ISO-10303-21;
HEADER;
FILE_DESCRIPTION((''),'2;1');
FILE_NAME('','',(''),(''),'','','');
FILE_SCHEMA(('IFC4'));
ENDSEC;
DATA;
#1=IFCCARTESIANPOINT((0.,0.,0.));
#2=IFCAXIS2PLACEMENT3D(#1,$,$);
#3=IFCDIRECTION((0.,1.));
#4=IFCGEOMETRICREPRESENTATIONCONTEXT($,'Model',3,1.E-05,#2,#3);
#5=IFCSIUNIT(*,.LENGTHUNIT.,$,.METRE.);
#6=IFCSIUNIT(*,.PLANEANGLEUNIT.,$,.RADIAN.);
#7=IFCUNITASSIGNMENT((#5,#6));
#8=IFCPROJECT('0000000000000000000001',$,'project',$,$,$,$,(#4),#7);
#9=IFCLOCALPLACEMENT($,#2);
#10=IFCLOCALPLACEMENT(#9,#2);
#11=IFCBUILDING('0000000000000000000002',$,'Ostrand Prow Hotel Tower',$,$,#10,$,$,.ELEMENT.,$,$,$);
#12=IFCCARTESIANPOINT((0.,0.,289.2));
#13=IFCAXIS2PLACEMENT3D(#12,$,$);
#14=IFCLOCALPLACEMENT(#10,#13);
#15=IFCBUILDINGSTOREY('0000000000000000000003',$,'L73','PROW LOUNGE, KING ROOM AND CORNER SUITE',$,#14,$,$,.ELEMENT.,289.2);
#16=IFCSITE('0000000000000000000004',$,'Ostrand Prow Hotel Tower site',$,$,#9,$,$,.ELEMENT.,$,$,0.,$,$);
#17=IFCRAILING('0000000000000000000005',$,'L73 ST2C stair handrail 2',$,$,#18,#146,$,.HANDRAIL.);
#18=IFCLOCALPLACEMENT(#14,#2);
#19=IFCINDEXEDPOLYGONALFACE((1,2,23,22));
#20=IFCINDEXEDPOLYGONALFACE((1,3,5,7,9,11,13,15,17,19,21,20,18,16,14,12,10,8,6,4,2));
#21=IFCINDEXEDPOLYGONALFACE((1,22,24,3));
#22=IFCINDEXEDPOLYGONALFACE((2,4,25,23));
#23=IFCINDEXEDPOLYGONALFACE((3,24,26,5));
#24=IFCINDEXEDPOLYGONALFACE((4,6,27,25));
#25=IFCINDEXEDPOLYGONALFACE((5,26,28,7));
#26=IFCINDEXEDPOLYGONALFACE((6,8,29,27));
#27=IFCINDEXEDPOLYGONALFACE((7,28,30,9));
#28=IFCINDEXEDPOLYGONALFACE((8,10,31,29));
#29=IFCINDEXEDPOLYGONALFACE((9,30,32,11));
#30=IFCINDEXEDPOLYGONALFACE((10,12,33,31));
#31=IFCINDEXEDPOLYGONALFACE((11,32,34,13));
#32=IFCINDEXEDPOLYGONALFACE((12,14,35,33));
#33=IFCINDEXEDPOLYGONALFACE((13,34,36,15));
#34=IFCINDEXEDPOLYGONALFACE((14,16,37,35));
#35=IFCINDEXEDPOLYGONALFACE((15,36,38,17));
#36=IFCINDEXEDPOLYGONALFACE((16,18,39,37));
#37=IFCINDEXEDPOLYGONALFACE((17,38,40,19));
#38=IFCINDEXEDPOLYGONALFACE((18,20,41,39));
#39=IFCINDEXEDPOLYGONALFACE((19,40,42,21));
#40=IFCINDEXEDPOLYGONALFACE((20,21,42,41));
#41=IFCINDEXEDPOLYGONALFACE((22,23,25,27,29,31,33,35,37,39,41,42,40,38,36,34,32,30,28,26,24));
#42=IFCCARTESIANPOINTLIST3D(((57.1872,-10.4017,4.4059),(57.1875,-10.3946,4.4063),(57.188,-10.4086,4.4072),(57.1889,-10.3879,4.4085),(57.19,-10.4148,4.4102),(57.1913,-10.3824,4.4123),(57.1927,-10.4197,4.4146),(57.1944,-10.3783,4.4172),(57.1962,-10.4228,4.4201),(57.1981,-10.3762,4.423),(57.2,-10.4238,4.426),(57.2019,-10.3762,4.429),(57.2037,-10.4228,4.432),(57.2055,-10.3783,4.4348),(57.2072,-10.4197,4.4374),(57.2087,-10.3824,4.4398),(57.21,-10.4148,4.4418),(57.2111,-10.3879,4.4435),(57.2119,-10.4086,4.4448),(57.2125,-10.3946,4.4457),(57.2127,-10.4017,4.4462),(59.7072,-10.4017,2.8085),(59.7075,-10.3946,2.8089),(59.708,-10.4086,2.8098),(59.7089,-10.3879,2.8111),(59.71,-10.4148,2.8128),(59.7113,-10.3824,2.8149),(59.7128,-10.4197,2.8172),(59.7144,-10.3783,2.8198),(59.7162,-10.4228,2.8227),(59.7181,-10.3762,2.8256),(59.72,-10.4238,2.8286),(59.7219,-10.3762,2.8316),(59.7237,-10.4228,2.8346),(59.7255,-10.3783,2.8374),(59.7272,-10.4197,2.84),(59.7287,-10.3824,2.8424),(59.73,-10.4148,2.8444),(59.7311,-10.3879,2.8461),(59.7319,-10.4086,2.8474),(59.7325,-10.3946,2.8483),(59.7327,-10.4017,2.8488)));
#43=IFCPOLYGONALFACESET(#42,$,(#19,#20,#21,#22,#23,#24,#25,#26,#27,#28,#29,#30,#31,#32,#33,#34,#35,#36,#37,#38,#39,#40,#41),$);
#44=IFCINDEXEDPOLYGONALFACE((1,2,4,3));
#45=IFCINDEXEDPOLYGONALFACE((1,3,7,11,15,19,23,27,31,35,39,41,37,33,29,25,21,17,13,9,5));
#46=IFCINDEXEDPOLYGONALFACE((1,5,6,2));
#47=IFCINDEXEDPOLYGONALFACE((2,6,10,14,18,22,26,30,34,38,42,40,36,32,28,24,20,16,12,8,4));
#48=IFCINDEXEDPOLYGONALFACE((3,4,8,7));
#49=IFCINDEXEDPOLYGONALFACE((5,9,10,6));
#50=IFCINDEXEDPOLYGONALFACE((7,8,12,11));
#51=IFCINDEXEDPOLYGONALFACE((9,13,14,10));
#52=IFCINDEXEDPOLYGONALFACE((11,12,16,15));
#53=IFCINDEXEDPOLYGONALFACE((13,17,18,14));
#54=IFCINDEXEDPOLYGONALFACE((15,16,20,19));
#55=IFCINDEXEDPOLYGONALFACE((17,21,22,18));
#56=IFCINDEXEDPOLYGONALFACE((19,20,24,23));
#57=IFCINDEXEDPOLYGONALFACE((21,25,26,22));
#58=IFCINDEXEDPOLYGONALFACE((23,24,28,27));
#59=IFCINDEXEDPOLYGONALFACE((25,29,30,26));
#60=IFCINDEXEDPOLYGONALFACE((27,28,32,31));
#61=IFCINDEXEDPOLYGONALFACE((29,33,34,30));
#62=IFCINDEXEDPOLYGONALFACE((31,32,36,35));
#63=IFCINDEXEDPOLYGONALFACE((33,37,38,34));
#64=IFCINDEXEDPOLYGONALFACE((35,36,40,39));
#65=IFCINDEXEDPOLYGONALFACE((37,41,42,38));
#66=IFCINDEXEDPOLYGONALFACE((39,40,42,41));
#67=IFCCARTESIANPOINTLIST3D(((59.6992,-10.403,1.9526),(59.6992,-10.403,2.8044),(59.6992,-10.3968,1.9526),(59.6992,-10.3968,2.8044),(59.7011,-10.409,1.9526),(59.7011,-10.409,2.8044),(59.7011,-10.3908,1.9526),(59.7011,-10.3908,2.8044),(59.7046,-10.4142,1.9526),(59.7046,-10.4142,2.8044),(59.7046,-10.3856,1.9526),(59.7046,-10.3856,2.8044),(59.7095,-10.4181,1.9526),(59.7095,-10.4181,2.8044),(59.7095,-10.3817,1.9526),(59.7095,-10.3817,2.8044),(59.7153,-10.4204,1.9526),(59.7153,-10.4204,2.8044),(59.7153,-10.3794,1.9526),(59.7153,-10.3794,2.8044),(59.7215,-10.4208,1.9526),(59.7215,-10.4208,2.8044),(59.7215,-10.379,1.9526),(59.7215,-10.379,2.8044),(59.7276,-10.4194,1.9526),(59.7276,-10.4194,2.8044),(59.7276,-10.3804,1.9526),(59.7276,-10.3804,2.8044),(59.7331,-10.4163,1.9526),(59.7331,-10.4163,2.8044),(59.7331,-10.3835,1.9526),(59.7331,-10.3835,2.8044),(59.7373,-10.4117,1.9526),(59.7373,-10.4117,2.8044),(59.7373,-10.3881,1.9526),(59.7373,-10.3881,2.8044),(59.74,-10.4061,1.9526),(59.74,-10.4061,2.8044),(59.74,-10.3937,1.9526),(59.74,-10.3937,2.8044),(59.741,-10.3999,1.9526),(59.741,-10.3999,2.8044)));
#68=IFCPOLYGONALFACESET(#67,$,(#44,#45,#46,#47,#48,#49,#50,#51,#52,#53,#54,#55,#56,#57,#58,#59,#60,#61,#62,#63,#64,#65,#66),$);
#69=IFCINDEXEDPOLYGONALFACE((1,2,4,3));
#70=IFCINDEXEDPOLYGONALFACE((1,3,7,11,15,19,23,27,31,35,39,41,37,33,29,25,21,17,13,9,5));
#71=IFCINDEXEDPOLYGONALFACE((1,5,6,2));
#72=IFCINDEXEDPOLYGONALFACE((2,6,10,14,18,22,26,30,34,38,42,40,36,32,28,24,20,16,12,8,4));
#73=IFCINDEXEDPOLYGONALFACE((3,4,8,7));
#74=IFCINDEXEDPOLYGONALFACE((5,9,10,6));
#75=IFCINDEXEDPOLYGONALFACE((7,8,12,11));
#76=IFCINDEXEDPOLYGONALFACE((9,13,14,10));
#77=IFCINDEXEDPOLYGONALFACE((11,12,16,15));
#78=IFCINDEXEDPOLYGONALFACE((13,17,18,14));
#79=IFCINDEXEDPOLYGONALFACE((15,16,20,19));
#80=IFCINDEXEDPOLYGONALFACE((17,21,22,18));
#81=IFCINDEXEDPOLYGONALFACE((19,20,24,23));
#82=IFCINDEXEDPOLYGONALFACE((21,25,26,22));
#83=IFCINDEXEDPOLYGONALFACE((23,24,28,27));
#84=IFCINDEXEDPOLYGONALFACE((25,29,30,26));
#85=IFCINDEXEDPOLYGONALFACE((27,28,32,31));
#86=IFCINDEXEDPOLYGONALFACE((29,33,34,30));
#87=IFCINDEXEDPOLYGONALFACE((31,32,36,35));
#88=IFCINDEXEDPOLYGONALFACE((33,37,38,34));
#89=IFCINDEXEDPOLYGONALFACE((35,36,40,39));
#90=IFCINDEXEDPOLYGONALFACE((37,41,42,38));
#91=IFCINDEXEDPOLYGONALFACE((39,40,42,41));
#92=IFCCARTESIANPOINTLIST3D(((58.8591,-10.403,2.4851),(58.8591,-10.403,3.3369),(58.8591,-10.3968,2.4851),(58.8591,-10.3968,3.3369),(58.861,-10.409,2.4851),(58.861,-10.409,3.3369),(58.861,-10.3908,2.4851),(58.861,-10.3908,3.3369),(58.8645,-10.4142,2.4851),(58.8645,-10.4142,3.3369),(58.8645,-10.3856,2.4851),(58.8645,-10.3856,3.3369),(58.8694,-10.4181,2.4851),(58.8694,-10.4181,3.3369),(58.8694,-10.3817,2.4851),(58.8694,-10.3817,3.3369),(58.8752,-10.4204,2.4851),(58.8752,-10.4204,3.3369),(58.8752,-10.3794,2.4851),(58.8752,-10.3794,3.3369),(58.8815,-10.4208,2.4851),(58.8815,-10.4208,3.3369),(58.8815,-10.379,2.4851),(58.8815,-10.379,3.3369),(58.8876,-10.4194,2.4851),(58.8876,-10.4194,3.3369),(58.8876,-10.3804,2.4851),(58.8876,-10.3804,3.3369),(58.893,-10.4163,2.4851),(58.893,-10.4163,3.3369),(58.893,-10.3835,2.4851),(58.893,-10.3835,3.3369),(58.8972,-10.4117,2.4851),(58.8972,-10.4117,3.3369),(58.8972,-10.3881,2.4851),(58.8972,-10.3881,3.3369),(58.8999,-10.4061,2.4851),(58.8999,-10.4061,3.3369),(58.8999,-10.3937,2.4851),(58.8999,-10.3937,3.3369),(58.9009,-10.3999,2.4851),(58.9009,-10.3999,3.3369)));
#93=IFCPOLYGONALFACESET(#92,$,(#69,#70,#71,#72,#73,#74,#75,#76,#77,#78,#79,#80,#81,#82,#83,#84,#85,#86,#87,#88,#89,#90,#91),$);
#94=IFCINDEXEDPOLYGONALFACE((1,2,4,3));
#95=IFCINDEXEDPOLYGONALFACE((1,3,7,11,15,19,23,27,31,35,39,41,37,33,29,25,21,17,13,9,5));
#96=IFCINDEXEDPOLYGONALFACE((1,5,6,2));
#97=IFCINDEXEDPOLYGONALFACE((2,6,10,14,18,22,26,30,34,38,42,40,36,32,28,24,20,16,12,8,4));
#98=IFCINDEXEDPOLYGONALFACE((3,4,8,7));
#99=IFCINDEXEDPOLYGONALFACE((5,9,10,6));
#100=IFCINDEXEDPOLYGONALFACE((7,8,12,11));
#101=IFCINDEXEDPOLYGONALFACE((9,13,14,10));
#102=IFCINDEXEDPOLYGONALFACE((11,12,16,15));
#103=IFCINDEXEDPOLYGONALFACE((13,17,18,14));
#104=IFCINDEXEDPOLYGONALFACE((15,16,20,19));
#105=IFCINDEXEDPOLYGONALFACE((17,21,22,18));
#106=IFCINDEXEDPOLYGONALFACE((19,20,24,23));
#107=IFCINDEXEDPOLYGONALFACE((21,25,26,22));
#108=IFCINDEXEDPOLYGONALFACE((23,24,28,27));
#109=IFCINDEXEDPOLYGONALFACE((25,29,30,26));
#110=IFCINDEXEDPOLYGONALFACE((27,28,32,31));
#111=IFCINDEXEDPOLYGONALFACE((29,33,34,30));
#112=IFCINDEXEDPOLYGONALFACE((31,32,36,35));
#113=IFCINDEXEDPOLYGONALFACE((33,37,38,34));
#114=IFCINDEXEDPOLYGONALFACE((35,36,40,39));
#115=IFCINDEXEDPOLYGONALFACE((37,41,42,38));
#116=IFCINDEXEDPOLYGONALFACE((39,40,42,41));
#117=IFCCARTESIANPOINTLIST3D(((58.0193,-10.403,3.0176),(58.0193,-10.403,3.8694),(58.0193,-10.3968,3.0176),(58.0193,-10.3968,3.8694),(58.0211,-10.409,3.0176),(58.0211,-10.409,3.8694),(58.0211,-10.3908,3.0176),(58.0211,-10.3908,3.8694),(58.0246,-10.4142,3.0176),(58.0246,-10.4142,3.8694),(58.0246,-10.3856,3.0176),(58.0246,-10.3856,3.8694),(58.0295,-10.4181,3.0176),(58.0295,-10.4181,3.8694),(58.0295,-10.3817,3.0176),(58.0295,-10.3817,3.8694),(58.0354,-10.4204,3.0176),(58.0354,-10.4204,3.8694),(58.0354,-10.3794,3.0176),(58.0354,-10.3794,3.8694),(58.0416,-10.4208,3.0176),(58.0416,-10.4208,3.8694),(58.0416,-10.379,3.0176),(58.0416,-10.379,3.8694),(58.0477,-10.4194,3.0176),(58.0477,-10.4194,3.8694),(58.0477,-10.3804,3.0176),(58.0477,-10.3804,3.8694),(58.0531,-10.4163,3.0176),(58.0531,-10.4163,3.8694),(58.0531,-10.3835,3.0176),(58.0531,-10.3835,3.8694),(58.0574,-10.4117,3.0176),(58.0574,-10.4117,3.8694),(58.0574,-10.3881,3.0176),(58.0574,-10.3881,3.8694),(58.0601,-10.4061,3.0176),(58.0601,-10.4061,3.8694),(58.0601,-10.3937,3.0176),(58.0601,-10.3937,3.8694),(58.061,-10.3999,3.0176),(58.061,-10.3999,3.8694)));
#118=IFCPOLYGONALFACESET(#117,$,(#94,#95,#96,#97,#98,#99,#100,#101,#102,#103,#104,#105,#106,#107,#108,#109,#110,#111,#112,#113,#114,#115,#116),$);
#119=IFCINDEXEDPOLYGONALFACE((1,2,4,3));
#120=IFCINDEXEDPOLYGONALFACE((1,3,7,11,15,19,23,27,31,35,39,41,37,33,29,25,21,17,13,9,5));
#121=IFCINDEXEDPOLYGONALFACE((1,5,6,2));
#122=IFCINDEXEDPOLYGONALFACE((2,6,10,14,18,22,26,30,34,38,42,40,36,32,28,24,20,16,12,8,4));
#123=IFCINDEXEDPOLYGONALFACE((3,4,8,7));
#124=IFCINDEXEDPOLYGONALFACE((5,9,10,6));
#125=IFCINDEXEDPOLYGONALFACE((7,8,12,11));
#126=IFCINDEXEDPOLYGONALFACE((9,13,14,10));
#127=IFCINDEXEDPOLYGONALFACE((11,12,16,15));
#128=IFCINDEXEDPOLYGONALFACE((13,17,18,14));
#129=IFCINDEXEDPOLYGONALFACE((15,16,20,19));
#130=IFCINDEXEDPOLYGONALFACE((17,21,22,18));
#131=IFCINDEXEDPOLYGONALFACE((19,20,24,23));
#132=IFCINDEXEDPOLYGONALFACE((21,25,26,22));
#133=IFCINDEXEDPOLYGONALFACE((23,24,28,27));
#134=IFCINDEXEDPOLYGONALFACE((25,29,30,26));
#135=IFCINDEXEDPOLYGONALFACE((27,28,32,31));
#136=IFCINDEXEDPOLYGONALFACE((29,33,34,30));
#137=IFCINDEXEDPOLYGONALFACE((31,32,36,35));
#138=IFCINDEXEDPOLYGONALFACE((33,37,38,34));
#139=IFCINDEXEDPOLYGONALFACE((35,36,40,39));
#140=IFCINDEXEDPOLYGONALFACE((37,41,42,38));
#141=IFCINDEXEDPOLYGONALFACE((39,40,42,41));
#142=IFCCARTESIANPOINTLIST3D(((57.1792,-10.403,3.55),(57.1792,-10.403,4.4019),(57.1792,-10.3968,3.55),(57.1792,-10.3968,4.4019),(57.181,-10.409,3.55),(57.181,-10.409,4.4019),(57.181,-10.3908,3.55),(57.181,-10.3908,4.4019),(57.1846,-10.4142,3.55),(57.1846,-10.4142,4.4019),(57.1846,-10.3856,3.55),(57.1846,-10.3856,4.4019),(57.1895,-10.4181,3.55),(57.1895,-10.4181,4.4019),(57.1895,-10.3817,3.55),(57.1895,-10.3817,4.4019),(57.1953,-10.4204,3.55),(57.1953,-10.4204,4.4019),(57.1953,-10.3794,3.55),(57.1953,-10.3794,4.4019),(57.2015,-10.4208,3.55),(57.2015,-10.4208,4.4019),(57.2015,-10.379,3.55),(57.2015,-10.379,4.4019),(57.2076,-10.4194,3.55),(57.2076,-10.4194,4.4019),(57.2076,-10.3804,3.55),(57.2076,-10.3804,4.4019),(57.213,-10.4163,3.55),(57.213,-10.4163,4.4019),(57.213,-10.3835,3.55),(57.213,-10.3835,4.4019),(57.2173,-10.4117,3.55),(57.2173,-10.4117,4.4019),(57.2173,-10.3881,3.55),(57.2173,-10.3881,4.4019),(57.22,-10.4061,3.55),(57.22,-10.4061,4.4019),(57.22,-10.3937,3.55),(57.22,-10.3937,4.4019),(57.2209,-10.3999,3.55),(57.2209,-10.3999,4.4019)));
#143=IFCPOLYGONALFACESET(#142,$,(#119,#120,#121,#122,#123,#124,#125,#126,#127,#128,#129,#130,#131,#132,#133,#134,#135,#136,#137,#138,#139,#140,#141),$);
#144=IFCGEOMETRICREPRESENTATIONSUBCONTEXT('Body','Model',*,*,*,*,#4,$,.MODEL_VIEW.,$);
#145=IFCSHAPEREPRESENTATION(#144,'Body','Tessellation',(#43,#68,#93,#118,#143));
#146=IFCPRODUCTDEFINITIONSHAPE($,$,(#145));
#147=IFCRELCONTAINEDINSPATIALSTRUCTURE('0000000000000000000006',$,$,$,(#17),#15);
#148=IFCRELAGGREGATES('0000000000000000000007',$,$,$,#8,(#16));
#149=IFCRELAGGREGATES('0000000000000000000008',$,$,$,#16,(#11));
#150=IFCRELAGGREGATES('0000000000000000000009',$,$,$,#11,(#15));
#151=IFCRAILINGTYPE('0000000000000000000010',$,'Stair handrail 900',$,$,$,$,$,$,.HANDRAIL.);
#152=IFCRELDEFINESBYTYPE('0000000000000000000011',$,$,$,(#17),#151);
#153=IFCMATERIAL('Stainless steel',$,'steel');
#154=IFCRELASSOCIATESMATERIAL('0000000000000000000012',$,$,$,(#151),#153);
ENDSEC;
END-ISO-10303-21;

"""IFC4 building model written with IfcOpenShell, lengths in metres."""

from ifc_helpers import new_model, si_unit, direction, frame, origin, origin_2d, place, context, subcontext, project, spatial, circle, extrude, material, type_object, element, save


model = new_model("IFC4")

# Units and contexts
model_context = context("Model", 3, precision=1e-05, world=origin(), true_north=direction((0.0, 1.0)))
body_context = subcontext(model_context, "Body", "Model", "MODEL_VIEW")
ifc_project = project(units=[si_unit("LENGTHUNIT", "METRE"), si_unit("PLANEANGLEUNIT", "RADIAN")], contexts=[model_context])

# Site, building, storey
site_placement = place(None, origin())
site = spatial("IfcSite", under=ifc_project, at=site_placement, Name="Ostrand Prow Hotel Tower site", CompositionType="ELEMENT", RefElevation=0.0)
building_placement = place(site_placement, origin())
building = spatial("IfcBuilding", under=site, at=building_placement, Name="Ostrand Prow Hotel Tower", CompositionType="ELEMENT")
storey_placement = place(building_placement, frame((0.0, 0.0, 289.2)))
storey = spatial("IfcBuildingStorey", under=building, at=storey_placement, Name="L73", Description="PROW LOUNGE, KING ROOM AND CORNER SUITE", CompositionType="ELEMENT", Elevation=289.2)

# Railing
ifc_material_1 = material(Name="Stainless steel", Category="steel")
railing_type_1 = type_object("IfcRailingType", Name="Stair handrail 900", PredefinedType="HANDRAIL", material=ifc_material_1)
railing_1_placement = place(storey_placement, frame((59.72, -10.3999, 1.9526)))
element("IfcRailing", 1, at=railing_1_placement, inside=storey, type_object=railing_type_1, Name="L73 ST2C stair handrail 2", PredefinedType="HANDRAIL", context=body_context, shape_type="SweptSolid", body=[
    extrude(circle(Radius=0.0239, at=origin_2d()), frame((0.0, 0.0, 0.876), z_axis=(-0.844607, 0.0, 0.535387), x_axis=(0.0, -1.0, 0.0)), (0.0, 0.0, 1.0), 2.9836),
    extrude(circle(Radius=0.021, at=origin_2d()), origin(), (0.0, 0.0, 1.0), 0.8518),
    extrude(circle(Radius=0.021, at=origin_2d()), frame((-0.8401, 0.0, 0.5325)), (0.0, 0.0, 1.0), 0.8518),
    extrude(circle(Radius=0.021, at=origin_2d()), frame((-1.6799, 0.0, 1.0649)), (0.0, 0.0, 1.0), 0.8518),
    extrude(circle(Radius=0.021, at=origin_2d()), frame((-2.52, 0.0, 1.5974)), (0.0, 0.0, 1.0), 0.8518),
])

save(model, "model.ifc")
